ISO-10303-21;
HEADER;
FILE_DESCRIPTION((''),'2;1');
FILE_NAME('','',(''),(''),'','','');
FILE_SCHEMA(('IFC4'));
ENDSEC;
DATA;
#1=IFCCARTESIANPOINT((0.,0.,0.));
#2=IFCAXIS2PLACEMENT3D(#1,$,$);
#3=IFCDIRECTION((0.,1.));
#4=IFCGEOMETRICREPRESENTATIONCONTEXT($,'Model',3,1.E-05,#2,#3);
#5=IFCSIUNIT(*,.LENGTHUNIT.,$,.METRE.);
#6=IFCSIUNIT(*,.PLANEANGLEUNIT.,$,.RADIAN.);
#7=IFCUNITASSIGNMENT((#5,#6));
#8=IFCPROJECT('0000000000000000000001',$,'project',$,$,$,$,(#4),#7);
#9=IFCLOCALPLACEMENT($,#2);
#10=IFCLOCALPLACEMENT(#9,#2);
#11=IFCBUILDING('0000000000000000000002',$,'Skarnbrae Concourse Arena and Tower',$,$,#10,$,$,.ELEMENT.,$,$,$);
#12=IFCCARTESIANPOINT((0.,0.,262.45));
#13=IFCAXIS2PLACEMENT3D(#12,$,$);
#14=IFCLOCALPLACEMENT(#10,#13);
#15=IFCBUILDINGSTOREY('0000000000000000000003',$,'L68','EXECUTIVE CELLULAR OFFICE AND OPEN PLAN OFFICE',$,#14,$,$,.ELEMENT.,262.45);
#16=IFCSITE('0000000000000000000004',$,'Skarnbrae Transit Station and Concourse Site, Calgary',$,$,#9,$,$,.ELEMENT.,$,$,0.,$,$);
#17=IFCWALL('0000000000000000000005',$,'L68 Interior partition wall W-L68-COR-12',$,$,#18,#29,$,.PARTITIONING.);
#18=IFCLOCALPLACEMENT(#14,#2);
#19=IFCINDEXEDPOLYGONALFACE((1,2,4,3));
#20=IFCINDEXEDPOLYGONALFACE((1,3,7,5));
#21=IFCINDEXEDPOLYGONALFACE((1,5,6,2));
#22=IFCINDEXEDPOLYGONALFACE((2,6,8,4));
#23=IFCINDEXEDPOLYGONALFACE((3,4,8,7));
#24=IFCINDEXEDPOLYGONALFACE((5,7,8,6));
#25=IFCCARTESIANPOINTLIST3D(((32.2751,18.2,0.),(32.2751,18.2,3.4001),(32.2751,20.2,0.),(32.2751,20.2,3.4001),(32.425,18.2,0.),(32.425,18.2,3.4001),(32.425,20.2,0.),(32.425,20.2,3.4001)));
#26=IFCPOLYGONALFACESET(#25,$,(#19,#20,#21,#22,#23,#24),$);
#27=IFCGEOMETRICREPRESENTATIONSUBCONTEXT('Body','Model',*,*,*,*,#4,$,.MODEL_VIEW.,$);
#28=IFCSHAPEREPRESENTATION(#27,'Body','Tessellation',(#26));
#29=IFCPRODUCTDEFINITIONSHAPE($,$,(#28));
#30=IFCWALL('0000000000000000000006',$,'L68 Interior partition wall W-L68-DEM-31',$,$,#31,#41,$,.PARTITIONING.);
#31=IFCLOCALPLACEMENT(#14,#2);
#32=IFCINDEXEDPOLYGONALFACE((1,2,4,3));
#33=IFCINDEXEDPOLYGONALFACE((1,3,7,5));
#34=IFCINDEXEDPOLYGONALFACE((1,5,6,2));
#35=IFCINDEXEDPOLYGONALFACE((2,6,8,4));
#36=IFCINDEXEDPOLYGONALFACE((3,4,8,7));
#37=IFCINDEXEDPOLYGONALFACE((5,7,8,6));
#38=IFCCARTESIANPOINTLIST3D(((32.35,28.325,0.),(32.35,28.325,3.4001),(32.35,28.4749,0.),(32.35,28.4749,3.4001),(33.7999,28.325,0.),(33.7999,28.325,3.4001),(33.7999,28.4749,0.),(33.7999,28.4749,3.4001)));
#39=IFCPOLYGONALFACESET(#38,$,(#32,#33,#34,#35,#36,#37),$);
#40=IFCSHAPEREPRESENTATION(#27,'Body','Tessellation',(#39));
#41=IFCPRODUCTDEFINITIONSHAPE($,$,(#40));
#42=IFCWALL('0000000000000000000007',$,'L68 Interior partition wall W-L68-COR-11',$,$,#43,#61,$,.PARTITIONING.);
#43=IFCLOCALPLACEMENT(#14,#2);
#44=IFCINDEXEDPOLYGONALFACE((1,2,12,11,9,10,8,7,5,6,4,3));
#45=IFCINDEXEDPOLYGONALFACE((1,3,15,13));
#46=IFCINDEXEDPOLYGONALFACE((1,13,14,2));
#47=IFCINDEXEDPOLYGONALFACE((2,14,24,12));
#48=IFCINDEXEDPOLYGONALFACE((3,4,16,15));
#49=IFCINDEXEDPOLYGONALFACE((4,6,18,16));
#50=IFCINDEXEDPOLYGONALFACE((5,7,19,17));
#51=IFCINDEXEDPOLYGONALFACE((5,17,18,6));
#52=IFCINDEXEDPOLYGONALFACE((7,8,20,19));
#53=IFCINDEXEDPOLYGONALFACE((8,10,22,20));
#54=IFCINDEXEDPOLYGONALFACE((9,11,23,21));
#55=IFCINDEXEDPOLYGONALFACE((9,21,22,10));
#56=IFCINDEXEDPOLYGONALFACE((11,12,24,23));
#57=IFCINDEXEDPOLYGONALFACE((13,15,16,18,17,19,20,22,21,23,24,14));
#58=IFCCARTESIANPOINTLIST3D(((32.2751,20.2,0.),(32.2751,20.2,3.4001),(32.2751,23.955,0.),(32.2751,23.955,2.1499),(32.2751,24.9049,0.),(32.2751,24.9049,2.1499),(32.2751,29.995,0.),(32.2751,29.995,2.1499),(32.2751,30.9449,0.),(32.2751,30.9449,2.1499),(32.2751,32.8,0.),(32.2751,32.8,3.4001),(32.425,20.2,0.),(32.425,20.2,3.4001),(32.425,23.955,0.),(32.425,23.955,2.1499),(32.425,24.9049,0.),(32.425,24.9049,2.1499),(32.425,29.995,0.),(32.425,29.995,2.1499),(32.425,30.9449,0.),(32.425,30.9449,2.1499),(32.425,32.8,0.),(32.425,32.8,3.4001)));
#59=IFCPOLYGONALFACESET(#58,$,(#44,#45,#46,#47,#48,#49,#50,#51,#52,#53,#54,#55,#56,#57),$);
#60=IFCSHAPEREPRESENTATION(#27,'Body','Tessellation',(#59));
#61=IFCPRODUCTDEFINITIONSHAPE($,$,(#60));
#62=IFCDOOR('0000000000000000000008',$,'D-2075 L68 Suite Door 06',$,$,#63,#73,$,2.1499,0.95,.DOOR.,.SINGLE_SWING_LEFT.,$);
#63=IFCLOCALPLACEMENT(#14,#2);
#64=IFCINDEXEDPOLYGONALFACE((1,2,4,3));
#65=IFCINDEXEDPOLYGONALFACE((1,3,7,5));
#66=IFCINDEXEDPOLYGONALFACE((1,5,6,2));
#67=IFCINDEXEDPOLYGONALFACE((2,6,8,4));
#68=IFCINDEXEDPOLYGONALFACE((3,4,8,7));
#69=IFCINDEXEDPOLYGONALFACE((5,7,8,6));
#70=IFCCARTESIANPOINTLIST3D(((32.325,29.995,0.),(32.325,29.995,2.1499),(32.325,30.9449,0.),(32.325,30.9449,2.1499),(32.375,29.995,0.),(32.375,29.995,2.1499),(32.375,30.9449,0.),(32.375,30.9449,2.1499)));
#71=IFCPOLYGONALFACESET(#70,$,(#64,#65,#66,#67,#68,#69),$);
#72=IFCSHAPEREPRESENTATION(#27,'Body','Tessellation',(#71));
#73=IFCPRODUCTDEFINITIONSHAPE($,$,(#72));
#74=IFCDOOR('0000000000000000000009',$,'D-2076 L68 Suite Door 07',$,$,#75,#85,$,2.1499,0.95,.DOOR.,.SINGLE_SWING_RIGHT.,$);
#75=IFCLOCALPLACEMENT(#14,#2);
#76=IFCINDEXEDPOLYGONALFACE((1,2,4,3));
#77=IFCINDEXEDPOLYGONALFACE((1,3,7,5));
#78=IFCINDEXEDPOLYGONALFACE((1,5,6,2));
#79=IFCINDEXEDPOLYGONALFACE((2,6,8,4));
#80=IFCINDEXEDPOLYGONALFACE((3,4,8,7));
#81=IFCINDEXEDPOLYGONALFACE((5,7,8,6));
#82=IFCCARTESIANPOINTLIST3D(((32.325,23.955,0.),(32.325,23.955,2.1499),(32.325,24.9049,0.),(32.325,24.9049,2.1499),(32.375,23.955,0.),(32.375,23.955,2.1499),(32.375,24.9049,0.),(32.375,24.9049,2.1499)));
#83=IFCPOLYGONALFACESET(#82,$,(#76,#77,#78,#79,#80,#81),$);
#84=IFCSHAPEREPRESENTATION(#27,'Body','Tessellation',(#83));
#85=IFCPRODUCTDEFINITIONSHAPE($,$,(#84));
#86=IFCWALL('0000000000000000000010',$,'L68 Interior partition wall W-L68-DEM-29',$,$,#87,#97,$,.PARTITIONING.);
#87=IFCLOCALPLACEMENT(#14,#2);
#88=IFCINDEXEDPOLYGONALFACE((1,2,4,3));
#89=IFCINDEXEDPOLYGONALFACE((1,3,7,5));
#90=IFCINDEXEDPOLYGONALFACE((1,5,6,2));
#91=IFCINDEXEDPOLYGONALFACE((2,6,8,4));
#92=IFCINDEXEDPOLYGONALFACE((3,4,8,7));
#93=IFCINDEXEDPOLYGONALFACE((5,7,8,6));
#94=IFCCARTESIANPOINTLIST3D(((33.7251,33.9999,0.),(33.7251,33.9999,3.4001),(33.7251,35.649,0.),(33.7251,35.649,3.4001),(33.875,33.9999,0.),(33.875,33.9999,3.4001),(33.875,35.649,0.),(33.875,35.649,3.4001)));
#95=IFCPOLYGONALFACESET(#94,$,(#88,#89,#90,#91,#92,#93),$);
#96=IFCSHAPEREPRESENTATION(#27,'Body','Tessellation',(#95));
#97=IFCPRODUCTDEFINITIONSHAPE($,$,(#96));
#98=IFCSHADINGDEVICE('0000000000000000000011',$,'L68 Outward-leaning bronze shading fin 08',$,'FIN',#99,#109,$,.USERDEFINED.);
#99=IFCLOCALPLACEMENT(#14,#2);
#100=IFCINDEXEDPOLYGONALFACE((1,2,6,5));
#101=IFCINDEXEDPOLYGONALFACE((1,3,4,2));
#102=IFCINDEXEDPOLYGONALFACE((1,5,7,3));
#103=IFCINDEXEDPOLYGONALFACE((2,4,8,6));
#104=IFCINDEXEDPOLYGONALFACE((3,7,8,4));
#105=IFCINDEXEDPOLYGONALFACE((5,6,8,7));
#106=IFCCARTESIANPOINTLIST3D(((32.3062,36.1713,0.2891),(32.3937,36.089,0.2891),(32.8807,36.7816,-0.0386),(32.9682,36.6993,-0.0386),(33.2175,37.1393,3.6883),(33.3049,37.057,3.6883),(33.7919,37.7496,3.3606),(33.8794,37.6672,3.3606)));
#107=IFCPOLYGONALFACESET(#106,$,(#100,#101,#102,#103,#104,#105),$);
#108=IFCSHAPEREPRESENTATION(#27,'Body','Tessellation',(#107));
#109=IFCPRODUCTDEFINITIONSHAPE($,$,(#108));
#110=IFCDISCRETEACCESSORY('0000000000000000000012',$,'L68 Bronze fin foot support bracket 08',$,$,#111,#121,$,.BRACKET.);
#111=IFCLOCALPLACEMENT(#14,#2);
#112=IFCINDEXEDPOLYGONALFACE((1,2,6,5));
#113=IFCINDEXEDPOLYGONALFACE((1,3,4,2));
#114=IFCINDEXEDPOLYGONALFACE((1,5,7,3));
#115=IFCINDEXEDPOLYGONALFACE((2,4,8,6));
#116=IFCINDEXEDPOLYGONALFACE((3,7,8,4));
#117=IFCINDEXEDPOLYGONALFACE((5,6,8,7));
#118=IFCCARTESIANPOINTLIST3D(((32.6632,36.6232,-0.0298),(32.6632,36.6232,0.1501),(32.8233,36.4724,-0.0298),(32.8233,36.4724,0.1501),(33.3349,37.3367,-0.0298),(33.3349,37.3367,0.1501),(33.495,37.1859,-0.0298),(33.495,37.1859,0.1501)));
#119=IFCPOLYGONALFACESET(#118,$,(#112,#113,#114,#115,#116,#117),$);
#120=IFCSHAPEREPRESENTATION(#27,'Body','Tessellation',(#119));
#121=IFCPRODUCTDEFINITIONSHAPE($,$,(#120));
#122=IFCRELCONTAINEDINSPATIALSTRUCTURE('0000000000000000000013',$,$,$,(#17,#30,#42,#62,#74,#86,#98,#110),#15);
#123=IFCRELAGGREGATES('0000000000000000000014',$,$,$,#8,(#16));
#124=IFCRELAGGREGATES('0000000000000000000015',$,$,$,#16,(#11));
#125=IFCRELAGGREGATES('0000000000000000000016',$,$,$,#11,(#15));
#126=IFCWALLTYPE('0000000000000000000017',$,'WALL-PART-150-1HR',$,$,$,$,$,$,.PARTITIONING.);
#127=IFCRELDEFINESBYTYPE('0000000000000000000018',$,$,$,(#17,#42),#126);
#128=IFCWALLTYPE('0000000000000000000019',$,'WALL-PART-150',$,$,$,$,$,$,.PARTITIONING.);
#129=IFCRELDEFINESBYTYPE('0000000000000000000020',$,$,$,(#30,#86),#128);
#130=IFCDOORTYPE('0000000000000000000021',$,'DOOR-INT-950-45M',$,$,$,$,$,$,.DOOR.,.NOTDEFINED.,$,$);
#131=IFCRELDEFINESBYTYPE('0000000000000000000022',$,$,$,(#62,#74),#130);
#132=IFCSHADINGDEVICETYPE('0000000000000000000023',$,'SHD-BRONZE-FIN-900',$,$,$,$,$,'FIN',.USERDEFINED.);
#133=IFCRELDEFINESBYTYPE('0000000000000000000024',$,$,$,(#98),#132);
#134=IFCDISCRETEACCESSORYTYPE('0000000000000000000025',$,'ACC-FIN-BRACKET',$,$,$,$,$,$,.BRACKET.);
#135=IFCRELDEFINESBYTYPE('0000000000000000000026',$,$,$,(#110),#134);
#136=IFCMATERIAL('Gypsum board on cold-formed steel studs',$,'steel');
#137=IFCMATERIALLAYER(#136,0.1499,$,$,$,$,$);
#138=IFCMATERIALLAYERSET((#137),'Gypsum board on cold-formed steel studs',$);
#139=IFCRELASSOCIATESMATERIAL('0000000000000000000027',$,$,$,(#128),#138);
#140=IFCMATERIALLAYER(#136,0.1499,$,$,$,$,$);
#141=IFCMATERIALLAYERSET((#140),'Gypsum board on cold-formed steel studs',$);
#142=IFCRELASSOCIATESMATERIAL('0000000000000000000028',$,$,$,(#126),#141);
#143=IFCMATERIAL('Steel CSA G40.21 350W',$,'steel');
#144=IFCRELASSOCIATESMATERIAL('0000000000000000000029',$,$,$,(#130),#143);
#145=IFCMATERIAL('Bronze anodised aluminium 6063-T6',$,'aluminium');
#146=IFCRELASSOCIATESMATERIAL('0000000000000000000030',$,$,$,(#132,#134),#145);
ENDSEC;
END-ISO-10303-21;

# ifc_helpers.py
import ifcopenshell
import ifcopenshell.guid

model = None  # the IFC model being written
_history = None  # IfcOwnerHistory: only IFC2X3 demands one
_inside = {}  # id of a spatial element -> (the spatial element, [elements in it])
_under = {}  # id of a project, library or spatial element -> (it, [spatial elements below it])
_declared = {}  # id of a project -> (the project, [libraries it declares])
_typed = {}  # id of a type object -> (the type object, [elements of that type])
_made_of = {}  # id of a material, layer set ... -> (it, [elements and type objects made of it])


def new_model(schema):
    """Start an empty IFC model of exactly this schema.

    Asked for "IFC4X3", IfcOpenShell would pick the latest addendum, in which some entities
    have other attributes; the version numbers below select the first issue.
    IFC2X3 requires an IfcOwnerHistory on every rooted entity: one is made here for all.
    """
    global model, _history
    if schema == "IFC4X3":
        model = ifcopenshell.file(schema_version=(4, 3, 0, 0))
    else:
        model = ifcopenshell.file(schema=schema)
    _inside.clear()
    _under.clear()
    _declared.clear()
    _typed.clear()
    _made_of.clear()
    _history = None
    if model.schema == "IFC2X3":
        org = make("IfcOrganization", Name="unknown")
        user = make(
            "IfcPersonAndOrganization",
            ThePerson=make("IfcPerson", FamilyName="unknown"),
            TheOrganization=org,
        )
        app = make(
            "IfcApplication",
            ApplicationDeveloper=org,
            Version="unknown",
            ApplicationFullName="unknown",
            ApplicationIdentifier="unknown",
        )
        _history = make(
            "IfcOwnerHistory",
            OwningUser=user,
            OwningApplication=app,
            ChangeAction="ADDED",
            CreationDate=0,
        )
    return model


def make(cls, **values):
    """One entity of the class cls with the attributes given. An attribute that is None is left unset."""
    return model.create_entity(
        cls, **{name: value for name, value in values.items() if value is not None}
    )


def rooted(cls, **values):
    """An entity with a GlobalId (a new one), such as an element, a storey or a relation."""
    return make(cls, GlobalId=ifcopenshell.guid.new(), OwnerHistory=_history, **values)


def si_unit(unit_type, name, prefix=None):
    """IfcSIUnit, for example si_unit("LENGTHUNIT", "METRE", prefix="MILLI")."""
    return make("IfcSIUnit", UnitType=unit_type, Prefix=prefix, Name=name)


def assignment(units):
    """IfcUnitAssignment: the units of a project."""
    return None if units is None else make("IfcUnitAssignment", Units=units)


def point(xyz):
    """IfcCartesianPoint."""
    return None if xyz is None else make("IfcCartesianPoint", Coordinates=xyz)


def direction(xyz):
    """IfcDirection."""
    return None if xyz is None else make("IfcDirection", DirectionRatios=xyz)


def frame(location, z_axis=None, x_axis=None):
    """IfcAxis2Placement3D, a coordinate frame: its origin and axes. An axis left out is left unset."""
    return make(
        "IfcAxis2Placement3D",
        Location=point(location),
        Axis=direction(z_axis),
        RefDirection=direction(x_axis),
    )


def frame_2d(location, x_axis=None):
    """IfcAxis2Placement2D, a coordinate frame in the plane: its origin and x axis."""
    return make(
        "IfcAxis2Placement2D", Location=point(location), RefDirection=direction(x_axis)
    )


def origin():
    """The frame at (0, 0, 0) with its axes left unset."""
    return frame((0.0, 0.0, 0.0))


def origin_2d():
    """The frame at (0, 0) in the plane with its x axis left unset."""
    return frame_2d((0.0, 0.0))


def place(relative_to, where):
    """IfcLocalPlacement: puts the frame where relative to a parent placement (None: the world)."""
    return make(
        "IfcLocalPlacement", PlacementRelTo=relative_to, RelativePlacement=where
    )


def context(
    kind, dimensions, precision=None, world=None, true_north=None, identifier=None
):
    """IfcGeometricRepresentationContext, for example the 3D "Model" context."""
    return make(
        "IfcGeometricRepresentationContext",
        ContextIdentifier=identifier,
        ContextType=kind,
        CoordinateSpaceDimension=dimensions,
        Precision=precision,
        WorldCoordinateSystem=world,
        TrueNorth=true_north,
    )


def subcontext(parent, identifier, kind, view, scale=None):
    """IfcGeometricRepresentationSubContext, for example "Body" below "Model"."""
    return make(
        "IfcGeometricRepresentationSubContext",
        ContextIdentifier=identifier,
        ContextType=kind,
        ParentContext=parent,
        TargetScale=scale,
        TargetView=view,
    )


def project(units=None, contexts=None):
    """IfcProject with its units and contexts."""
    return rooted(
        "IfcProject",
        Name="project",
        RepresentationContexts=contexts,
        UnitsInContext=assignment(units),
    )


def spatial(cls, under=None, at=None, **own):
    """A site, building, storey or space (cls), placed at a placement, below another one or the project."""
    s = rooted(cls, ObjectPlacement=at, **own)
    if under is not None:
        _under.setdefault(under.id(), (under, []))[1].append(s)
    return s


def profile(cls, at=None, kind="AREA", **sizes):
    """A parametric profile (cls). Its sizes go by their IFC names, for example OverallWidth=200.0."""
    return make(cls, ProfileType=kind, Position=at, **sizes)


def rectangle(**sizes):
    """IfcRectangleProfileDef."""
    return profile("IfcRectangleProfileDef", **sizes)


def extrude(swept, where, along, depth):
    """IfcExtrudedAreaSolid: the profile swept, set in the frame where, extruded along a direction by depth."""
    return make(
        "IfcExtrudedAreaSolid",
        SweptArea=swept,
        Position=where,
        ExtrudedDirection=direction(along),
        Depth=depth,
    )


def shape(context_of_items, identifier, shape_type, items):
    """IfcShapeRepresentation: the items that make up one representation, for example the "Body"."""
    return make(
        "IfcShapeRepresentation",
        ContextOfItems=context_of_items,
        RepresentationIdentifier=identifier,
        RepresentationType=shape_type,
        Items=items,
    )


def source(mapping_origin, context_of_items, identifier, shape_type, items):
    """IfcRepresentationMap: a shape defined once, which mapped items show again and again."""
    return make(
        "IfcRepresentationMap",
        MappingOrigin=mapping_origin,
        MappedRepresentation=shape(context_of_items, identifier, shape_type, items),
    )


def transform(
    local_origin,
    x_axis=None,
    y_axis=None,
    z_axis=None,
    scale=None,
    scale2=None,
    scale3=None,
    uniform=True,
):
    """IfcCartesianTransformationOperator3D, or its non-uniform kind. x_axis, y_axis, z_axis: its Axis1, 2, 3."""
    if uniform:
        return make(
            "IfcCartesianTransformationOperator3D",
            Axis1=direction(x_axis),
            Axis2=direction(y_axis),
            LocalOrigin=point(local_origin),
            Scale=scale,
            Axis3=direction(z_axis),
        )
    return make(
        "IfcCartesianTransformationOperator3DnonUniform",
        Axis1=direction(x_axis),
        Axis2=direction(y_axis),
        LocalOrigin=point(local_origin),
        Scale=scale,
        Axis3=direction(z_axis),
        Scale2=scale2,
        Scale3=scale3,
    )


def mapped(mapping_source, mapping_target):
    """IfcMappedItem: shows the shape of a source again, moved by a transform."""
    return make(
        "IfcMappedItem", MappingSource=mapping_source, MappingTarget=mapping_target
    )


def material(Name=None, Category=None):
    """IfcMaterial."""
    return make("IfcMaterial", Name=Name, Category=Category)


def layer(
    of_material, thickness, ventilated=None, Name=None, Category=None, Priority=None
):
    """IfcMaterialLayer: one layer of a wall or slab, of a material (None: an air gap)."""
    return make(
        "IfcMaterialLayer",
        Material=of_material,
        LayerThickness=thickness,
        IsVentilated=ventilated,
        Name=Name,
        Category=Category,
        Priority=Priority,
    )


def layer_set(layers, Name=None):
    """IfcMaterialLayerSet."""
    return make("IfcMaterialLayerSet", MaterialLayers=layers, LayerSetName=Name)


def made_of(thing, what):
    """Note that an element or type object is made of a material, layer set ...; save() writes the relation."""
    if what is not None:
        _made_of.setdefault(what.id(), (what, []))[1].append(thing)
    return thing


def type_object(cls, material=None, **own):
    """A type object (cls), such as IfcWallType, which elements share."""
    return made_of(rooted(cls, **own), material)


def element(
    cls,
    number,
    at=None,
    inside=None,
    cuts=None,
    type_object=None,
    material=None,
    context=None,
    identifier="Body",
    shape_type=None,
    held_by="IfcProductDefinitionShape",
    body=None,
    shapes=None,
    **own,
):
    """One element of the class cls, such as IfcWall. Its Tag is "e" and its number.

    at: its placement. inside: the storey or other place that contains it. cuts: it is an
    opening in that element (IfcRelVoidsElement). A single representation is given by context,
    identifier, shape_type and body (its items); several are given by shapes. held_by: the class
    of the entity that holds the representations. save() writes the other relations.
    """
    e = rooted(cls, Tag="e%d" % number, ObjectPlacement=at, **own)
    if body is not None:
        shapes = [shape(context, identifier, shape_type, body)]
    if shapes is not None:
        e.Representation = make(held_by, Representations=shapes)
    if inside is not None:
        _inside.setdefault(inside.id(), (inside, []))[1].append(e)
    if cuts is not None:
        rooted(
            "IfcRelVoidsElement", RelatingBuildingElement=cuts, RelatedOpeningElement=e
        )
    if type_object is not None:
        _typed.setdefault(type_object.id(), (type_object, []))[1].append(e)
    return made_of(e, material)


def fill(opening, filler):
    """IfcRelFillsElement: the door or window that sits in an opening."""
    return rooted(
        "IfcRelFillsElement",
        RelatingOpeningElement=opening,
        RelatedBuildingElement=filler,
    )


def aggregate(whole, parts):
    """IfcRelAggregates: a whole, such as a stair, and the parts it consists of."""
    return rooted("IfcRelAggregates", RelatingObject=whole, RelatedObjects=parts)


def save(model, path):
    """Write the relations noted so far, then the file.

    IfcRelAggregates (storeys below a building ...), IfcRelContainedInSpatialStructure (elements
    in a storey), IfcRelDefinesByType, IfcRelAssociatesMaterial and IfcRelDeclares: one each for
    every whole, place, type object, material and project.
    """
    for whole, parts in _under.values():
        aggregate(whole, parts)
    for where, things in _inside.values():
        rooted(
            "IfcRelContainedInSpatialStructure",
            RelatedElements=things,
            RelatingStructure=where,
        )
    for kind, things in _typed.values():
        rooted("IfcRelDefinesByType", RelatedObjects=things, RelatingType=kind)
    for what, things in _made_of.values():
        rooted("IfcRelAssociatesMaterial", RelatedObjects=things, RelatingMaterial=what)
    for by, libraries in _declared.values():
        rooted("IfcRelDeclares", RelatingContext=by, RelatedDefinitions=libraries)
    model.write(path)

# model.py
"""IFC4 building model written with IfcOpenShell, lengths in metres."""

from ifc_helpers import new_model, si_unit, direction, frame, frame_2d, origin, origin_2d, place, context, subcontext, project, spatial, rectangle, extrude, source, transform, mapped, material, layer, layer_set, type_object, element, fill, save


model = new_model("IFC4")

# Units and contexts
model_context = context("Model", 3, precision=1e-05, world=origin(), true_north=direction((0.0, 1.0)))
body_context = subcontext(model_context, "Body", "Model", "MODEL_VIEW")
ifc_project = project(units=[si_unit("LENGTHUNIT", "METRE"), si_unit("PLANEANGLEUNIT", "RADIAN")], contexts=[model_context])

# Site, building, storey
site_placement = place(None, origin())
site = spatial("IfcSite", under=ifc_project, at=site_placement, Name="Skarnbrae Transit Station and Concourse Site, Calgary", CompositionType="ELEMENT", RefElevation=0.0)
building_placement = place(site_placement, origin())
building = spatial("IfcBuilding", under=site, at=building_placement, Name="Skarnbrae Concourse Arena and Tower", CompositionType="ELEMENT")
storey_placement = place(building_placement, frame((0.0, 0.0, 262.45)))
storey = spatial("IfcBuildingStorey", under=building, at=storey_placement, Name="L68", Description="EXECUTIVE CELLULAR OFFICE AND OPEN PLAN OFFICE", CompositionType="ELEMENT", Elevation=262.45)

# Shared definitions
ifc_material_1 = material(Name="Steel CSA G40.21 350W", Category="steel")

# Shared definitions
ifc_material_2 = material(Name="Bronze anodised aluminium 6063-T6", Category="aluminium")

# Walls
ifc_material_3 = material(Name="Gypsum board on cold-formed steel studs", Category="steel")
ifc_layer_1 = layer(ifc_material_3, 0.1499)
ifc_layer_set_1 = layer_set([ifc_layer_1], Name="Gypsum board on cold-formed steel studs")
wall_type_1 = type_object("IfcWallType", Name="WALL-PART-150", PredefinedType="PARTITIONING", material=ifc_layer_set_1)
ifc_layer_2 = layer(ifc_material_3, 0.1499)
ifc_layer_set_2 = layer_set([ifc_layer_2], Name="Gypsum board on cold-formed steel studs")
wall_type_2 = type_object("IfcWallType", Name="WALL-PART-150-1HR", PredefinedType="PARTITIONING", material=ifc_layer_set_2)
shared_shape_1 = source(origin(), body_context, "Body", "SweptSolid", [
    extrude(rectangle(XDim=2.0, YDim=0.1499, at=frame_2d((1.0, 0.0))), origin(), (0.0, 0.0, 1.0), 3.4001),
])
wall_1_placement = place(storey_placement, frame((32.3501, 20.2, 0.0), z_axis=(0.0, 0.0, 1.0), x_axis=(0.0, -1.0, 0.0)))
element("IfcWall", 1, at=wall_1_placement, inside=storey, type_object=wall_type_2, Name="L68 Interior partition wall W-L68-COR-12", PredefinedType="PARTITIONING", context=body_context, shape_type="MappedRepresentation", body=[
    mapped(shared_shape_1, transform((0.0, 0.0, 0.0))),
])
shared_shape_2 = source(origin(), body_context, "Body", "SweptSolid", [
    extrude(rectangle(XDim=1.45, YDim=0.1499, at=frame_2d((0.7251, 0.0))), origin(), (0.0, 0.0, 1.0), 3.4001),
])
wall_2_placement = place(storey_placement, frame((33.8, 28.3999, 0.0), z_axis=(0.0, 0.0, 1.0), x_axis=(-1.0, 0.0, 0.0)))
element("IfcWall", 2, at=wall_2_placement, inside=storey, type_object=wall_type_1, Name="L68 Interior partition wall W-L68-DEM-31", PredefinedType="PARTITIONING", context=body_context, shape_type="MappedRepresentation", body=[
    mapped(shared_shape_2, transform((0.0, 0.0, 0.0))),
])

# Wall, openings, doors
shared_shape_3 = source(origin(), body_context, "Body", "SweptSolid", [
    extrude(rectangle(XDim=12.6001, YDim=0.1499, at=frame_2d((6.3, 0.0))), origin(), (0.0, 0.0, 1.0), 3.4001),
])
wall_3_placement = place(storey_placement, frame((32.3501, 32.8, 0.0), z_axis=(0.0, 0.0, 1.0), x_axis=(0.0, -1.0, 0.0)))
wall_3 = element("IfcWall", 3, at=wall_3_placement, inside=storey, type_object=wall_type_2, Name="L68 Interior partition wall W-L68-COR-11", PredefinedType="PARTITIONING", context=body_context, shape_type="MappedRepresentation", body=[
    mapped(shared_shape_3, transform((0.0, 0.0, 0.0))),
])
opening_1_placement = place(wall_3_placement, frame((1.855, 0.0, 0.0)))
opening_1 = element("IfcOpeningElement", 4, at=opening_1_placement, cuts=wall_3, PredefinedType="OPENING", context=body_context, shape_type="SweptSolid", body=[
    extrude(rectangle(XDim=0.95, YDim=2.1499, at=frame_2d((0.4751, 1.075))), frame((0.0, 0.085, 0.0), z_axis=(0.0, -1.0, 0.0), x_axis=(1.0, 0.0, 0.0)), (0.0, 0.0, 1.0), 0.1699),
])
opening_2_placement = place(wall_3_placement, frame((7.895, 0.0, 0.0)))
opening_2 = element("IfcOpeningElement", 5, at=opening_2_placement, cuts=wall_3, PredefinedType="OPENING", context=body_context, shape_type="SweptSolid", body=[
    extrude(rectangle(XDim=0.95, YDim=2.1499, at=frame_2d((0.4751, 1.075))), frame((0.0, 0.085, 0.0), z_axis=(0.0, -1.0, 0.0), x_axis=(1.0, 0.0, 0.0)), (0.0, 0.0, 1.0), 0.1699),
])
door_type = type_object("IfcDoorType", Name="DOOR-INT-950-45M", OperationType="NOTDEFINED", PredefinedType="DOOR", material=ifc_material_1)
shared_shape_4 = source(origin(), body_context, "Body", "SweptSolid", [
    extrude(rectangle(XDim=0.95, YDim=2.1499, at=frame_2d((0.4751, 1.075))), frame((0.0, 0.0249, 0.0), z_axis=(0.0, -1.0, 0.0), x_axis=(1.0, 0.0, 0.0)), (0.0, 0.0, 1.0), 0.05),
])
door_1_placement = place(opening_1_placement, origin())
door_1 = element("IfcDoor", 6, at=door_1_placement, inside=storey, type_object=door_type, Name="D-2075 L68 Suite Door 06", OperationType="SINGLE_SWING_LEFT", OverallHeight=2.1499, OverallWidth=0.95, PredefinedType="DOOR", context=body_context, shape_type="MappedRepresentation", body=[
    mapped(shared_shape_4, transform((0.0, 0.0, 0.0))),
])
fill(opening_1, door_1)
door_2_placement = place(opening_2_placement, origin())
door_2 = element("IfcDoor", 7, at=door_2_placement, inside=storey, type_object=door_type, Name="D-2076 L68 Suite Door 07", OperationType="SINGLE_SWING_RIGHT", OverallHeight=2.1499, OverallWidth=0.95, PredefinedType="DOOR", context=body_context, shape_type="MappedRepresentation", body=[
    mapped(shared_shape_4, transform((0.0, 0.0, 0.0))),
])
fill(opening_2, door_2)

# Wall
shared_shape_5 = source(origin(), body_context, "Body", "SweptSolid", [
    extrude(rectangle(XDim=1.6492, YDim=0.1499, at=frame_2d((0.8247, 0.0))), origin(), (0.0, 0.0, 1.0), 3.4001),
])
wall_4_placement = place(storey_placement, frame((33.8, 35.6492, 0.0), z_axis=(0.0, 0.0, 1.0), x_axis=(0.0, -1.0, 0.0)))
element("IfcWall", 8, at=wall_4_placement, inside=storey, type_object=wall_type_1, Name="L68 Interior partition wall W-L68-DEM-29", PredefinedType="PARTITIONING", context=body_context, shape_type="MappedRepresentation", body=[
    mapped(shared_shape_5, transform((0.0, 0.0, 0.0))),
])

# Shading device
shading_device_type = type_object("IfcShadingDeviceType", Name="SHD-BRONZE-FIN-900", ElementType="FIN", PredefinedType="USERDEFINED", material=ifc_material_2)
shared_shape_6 = source(origin(), body_context, "Body", "SweptSolid", [
    extrude(rectangle(XDim=0.1201, YDim=0.8999, at=origin_2d()), origin(), (0.0, 0.0, 1.0), 3.6499),
])
shading_device_placement = place(storey_placement, frame((32.6372, 36.4353, 0.1252), z_axis=(0.249655, 0.265205, 0.93131), x_axis=(0.728132, -0.685437, 0.0)))
element("IfcShadingDevice", 9, at=shading_device_placement, inside=storey, type_object=shading_device_type, Name="L68 Outward-leaning bronze shading fin 08", ObjectType="FIN", PredefinedType="USERDEFINED", context=body_context, shape_type="MappedRepresentation", body=[
    mapped(shared_shape_6, transform((0.0, 0.0, 0.0))),
])

# Discrete accessory
discrete_accessory_type = type_object("IfcDiscreteAccessoryType", Name="ACC-FIN-BRACKET", PredefinedType="BRACKET", material=ifc_material_2)
shared_shape_7 = source(origin(), body_context, "Body", "SweptSolid", [
    extrude(rectangle(XDim=0.22, YDim=0.98, at=origin_2d()), origin(), (0.0, 0.0, 1.0), 0.1799),
])
discrete_accessory_placement = place(storey_placement, frame((33.0791, 36.9045, -0.0298), z_axis=(0.0, 0.0, 1.0), x_axis=(0.728132, -0.685437, 0.0)))
element("IfcDiscreteAccessory", 10, at=discrete_accessory_placement, inside=storey, type_object=discrete_accessory_type, Name="L68 Bronze fin foot support bracket 08", PredefinedType="BRACKET", context=body_context, shape_type="MappedRepresentation", body=[
    mapped(shared_shape_7, transform((0.0, 0.0, 0.0))),
])

save(model, "model.ifc")
